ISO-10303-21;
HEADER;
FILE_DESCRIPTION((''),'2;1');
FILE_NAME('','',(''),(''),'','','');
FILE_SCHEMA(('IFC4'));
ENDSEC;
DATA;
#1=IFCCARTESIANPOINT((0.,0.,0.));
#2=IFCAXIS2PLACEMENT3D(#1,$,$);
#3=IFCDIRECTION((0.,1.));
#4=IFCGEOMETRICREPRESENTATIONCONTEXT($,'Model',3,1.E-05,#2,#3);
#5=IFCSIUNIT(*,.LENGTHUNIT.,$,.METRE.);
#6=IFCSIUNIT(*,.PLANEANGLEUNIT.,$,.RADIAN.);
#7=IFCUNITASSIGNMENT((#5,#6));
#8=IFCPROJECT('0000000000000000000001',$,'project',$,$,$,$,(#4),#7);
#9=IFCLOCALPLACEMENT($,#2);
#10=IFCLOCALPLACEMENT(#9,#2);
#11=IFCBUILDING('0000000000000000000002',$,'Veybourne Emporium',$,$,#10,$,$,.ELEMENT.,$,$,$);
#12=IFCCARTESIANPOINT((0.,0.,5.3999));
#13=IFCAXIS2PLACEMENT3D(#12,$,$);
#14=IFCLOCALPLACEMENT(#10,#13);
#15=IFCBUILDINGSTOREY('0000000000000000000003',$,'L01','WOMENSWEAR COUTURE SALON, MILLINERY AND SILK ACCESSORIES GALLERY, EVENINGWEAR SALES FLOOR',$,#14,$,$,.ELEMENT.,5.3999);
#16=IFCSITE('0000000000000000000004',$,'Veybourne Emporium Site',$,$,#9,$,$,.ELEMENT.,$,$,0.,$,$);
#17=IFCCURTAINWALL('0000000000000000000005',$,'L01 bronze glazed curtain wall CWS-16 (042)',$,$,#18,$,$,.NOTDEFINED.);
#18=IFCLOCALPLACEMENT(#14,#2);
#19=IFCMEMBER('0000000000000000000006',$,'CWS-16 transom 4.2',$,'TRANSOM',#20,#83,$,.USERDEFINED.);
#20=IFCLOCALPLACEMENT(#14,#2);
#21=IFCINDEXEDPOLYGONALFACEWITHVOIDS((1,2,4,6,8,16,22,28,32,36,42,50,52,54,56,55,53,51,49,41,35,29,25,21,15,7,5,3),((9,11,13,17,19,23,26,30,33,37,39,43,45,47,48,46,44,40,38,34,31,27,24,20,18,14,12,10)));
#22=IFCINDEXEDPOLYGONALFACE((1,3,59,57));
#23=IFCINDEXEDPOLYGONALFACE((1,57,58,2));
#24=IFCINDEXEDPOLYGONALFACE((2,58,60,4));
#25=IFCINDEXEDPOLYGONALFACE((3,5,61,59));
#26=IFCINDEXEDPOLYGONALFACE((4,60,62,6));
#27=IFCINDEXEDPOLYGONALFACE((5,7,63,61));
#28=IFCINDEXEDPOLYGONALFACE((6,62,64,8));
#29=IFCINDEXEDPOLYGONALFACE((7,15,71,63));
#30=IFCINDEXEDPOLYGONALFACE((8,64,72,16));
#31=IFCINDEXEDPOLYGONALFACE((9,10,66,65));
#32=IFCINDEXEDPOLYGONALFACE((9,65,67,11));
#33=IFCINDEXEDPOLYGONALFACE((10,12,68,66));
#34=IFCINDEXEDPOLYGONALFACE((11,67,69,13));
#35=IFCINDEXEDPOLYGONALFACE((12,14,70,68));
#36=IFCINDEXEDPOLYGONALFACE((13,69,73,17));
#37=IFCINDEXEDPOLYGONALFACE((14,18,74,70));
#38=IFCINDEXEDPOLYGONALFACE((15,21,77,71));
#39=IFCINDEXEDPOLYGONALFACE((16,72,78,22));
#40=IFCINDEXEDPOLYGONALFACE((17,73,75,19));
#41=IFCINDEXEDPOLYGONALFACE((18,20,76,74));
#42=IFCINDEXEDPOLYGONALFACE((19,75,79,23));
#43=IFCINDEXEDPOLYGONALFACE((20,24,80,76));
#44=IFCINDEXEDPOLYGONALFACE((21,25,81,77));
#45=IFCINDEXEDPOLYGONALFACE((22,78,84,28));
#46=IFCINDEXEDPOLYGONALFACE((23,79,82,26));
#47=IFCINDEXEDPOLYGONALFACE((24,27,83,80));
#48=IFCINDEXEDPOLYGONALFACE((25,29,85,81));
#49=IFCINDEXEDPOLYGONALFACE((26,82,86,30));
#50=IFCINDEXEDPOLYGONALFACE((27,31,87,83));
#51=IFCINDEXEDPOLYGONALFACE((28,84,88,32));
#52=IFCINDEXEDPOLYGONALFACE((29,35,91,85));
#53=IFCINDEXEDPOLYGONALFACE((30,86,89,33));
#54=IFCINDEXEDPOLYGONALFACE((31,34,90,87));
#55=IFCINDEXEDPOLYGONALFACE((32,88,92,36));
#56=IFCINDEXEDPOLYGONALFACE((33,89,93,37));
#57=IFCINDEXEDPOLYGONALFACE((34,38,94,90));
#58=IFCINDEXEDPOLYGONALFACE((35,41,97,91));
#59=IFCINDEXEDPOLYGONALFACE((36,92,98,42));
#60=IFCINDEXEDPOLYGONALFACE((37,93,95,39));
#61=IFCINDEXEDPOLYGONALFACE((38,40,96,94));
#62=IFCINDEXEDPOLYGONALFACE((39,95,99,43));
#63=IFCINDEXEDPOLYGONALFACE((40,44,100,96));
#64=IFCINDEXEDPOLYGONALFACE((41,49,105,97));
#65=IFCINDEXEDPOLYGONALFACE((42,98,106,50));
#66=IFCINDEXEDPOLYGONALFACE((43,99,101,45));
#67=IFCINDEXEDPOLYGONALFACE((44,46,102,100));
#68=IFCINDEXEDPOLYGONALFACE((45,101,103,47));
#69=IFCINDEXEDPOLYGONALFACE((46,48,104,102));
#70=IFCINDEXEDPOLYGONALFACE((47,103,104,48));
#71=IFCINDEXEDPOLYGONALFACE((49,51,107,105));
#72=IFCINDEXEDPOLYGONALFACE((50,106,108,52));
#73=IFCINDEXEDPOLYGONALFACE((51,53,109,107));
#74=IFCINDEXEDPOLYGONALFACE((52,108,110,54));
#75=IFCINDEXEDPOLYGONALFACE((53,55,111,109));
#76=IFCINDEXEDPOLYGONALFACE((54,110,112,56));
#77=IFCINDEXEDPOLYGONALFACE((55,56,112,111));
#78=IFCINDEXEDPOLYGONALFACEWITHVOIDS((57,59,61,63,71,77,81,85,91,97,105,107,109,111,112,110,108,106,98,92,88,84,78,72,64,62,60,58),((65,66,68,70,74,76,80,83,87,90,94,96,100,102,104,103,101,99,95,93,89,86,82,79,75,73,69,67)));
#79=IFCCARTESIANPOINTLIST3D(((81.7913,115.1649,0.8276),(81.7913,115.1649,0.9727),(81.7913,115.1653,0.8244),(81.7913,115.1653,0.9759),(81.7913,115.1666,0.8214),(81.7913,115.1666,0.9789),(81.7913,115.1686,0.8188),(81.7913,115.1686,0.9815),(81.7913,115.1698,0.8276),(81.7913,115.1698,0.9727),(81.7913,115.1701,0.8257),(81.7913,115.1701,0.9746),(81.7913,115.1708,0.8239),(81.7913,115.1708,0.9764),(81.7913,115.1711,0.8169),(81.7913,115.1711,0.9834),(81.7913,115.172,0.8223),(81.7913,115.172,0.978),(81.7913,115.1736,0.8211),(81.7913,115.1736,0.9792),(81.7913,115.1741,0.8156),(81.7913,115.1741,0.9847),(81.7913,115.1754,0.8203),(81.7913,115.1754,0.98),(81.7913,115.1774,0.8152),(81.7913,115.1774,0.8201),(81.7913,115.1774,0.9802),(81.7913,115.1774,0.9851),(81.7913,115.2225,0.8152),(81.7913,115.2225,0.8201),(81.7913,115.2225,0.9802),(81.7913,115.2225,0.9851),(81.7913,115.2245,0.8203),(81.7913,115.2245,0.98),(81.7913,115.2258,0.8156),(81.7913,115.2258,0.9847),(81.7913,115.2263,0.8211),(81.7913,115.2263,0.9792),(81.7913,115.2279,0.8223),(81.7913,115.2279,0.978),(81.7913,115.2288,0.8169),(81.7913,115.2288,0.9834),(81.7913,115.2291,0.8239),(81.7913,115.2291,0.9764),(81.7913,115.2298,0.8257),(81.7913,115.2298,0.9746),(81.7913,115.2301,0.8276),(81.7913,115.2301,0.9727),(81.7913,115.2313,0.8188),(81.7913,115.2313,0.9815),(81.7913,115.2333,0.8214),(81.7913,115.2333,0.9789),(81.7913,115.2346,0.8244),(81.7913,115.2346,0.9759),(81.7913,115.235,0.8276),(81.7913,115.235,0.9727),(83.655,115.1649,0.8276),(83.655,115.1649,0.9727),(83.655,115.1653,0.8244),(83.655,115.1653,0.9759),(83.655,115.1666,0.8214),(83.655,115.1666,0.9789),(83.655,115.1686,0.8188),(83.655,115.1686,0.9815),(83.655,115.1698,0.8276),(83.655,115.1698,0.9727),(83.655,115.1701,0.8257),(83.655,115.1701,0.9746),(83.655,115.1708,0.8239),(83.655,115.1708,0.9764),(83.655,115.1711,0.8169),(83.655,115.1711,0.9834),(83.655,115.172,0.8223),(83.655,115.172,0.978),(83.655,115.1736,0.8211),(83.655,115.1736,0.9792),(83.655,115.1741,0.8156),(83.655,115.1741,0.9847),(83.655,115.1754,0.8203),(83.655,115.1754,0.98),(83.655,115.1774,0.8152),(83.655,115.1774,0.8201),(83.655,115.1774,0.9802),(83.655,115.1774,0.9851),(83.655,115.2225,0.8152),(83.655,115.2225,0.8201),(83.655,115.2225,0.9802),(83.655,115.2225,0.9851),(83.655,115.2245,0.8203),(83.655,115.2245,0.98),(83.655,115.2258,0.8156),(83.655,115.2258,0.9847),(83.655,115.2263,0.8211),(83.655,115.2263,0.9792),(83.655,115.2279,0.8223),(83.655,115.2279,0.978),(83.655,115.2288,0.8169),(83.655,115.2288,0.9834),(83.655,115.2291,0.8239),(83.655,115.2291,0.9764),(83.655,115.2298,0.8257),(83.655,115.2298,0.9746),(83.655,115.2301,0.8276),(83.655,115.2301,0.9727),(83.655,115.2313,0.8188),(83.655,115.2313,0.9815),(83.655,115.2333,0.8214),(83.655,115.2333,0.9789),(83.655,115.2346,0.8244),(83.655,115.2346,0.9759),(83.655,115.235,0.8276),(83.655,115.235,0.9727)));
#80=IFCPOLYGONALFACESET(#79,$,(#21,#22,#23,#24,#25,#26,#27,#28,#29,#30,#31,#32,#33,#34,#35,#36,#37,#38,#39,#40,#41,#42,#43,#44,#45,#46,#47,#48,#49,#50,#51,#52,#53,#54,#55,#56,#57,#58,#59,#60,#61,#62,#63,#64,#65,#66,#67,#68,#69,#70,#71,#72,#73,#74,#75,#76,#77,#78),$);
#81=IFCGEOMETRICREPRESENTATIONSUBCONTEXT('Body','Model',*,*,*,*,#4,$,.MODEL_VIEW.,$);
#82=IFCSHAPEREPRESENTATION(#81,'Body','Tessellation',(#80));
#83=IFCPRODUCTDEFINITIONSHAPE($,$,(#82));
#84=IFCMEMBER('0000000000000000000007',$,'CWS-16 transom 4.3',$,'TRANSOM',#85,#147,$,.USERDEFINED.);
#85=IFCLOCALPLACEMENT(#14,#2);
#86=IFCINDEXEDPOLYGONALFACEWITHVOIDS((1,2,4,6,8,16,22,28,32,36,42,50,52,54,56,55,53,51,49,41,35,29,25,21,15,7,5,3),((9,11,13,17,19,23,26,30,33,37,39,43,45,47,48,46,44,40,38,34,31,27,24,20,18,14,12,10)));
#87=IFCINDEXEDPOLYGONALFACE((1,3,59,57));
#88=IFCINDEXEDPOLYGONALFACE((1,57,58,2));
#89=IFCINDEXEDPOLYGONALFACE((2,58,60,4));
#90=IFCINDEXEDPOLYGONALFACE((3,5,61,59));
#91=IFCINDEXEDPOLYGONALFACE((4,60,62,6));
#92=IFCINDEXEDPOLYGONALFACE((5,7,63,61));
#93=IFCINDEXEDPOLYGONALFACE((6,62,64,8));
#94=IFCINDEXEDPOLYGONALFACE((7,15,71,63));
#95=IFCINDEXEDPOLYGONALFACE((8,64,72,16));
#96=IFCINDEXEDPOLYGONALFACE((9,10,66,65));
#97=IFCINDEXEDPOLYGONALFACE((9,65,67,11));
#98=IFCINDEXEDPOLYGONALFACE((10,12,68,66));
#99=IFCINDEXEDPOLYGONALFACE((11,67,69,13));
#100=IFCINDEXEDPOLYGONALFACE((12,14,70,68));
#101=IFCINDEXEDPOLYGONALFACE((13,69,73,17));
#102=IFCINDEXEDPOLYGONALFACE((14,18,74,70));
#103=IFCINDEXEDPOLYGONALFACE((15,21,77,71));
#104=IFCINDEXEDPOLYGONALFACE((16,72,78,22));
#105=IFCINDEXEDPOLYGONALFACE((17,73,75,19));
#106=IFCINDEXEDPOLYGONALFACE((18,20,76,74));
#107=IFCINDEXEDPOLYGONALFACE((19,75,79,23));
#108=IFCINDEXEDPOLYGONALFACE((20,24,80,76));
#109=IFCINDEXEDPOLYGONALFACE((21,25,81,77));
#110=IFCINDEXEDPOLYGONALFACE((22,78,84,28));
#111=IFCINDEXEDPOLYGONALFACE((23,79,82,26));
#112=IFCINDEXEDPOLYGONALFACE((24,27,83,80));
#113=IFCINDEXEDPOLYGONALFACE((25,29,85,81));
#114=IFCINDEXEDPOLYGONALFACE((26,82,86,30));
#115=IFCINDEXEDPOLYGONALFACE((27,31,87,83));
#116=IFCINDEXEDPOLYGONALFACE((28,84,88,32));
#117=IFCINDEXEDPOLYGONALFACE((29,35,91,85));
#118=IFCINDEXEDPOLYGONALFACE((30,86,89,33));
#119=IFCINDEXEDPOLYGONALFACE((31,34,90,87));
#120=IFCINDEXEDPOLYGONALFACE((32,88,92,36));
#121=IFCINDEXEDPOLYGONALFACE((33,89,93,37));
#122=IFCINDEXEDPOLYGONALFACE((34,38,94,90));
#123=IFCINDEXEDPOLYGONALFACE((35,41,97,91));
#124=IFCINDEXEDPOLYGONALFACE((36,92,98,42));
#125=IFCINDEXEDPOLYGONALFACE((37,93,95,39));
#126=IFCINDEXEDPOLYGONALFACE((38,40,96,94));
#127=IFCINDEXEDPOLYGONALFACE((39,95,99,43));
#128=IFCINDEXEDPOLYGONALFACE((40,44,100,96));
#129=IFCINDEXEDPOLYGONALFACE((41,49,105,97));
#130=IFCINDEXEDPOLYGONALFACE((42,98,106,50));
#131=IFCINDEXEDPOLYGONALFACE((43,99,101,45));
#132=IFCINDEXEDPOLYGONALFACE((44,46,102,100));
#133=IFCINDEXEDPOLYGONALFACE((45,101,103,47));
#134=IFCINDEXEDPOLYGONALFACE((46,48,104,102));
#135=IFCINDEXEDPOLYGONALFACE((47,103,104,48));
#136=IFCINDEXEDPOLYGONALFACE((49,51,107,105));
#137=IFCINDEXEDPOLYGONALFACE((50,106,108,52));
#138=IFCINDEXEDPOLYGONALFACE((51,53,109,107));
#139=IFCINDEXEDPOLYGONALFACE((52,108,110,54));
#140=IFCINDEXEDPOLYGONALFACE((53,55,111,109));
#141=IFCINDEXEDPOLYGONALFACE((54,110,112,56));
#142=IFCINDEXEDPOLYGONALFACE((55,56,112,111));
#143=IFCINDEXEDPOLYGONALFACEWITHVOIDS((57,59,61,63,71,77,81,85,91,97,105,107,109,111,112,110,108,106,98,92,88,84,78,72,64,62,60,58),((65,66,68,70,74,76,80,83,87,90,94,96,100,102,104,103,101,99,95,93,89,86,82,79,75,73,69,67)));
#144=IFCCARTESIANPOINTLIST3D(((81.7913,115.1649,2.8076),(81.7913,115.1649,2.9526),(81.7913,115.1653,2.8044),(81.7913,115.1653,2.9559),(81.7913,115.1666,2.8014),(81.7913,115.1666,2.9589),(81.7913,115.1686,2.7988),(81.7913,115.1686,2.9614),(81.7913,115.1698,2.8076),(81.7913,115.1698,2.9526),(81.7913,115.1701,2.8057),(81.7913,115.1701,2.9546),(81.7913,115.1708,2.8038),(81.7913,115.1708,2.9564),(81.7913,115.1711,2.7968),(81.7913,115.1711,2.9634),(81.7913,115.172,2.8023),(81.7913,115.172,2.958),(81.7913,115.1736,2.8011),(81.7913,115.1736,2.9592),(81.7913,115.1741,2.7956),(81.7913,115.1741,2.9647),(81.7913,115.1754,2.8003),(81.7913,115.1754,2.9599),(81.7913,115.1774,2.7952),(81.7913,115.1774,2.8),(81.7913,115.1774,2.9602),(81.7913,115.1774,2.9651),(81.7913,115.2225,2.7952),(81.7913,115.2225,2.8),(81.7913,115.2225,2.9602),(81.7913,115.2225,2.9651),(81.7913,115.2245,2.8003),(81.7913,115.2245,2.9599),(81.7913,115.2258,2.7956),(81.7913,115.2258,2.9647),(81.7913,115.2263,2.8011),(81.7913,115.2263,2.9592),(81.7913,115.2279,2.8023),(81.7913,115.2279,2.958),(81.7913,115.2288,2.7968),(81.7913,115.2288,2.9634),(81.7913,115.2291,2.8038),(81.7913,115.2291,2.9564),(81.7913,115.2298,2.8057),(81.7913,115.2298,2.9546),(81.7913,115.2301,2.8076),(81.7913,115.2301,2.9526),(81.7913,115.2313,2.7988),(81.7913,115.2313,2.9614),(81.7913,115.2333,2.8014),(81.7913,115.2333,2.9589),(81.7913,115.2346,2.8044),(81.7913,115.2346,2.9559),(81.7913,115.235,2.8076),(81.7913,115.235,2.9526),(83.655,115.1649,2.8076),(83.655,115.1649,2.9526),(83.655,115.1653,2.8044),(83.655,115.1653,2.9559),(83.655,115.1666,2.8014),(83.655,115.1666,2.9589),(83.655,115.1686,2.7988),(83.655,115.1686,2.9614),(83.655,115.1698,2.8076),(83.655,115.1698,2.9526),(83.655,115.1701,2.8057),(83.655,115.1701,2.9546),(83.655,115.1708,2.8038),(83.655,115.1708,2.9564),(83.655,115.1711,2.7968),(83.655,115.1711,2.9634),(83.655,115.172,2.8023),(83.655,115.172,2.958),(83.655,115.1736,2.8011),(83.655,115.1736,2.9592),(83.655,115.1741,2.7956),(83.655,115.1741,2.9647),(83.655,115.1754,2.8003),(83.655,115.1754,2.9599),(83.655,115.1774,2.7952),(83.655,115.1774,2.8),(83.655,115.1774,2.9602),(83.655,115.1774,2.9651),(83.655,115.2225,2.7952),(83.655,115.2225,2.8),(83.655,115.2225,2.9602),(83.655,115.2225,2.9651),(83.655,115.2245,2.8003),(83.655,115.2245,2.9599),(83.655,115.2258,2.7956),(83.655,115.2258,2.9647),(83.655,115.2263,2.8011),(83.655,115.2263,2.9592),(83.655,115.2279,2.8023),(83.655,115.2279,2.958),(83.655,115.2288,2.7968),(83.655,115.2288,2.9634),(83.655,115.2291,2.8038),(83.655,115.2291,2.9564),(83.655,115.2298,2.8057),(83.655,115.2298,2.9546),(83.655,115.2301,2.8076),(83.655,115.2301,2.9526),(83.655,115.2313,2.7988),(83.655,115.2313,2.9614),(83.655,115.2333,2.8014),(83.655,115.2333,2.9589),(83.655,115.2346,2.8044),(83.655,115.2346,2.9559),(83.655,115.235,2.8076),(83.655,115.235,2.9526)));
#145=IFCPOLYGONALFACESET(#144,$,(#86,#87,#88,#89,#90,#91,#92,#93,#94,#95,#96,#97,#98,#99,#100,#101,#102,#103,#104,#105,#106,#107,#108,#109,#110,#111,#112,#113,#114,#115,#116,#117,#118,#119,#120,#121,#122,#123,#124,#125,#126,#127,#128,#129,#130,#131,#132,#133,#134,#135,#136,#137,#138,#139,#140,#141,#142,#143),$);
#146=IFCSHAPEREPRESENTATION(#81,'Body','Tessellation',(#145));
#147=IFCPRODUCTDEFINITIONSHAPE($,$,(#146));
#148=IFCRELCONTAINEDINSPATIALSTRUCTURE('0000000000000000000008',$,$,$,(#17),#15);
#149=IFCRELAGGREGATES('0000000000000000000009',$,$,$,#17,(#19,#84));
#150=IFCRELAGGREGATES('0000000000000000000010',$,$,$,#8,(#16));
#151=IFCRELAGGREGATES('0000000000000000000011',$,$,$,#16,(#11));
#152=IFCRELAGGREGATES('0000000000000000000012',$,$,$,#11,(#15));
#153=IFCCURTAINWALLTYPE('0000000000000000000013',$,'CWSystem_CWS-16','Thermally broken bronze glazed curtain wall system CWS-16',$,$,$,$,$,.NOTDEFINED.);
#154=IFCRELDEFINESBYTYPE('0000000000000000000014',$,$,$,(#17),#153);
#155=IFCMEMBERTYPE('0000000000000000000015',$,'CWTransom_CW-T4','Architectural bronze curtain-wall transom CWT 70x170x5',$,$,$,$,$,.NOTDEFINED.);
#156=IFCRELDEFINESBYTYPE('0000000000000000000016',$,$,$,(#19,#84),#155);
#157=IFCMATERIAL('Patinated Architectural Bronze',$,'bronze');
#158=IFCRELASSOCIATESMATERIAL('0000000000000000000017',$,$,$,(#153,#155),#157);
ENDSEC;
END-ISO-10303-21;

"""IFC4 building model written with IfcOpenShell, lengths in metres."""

from ifc_helpers import new_model, si_unit, direction, frame, origin, origin_2d, place, context, subcontext, project, spatial, hollow_rectangle, extrude, material, material_profile, profile_set, type_object, element, aggregate, save


model = new_model("IFC4")

# Units and contexts
model_context = context("Model", 3, precision=1e-05, world=origin(), true_north=direction((0.0, 1.0)))
body_context = subcontext(model_context, "Body", "Model", "MODEL_VIEW")
ifc_project = project(units=[si_unit("LENGTHUNIT", "METRE"), si_unit("PLANEANGLEUNIT", "RADIAN")], contexts=[model_context])

# Site, building, storey
site_placement = place(None, origin())
site = spatial("IfcSite", under=ifc_project, at=site_placement, Name="Veybourne Emporium Site", CompositionType="ELEMENT", RefElevation=0.0)
building_placement = place(site_placement, origin())
building = spatial("IfcBuilding", under=site, at=building_placement, Name="Veybourne Emporium", CompositionType="ELEMENT")
storey_placement = place(building_placement, frame((0.0, 0.0, 5.3999)))
storey = spatial("IfcBuildingStorey", under=building, at=storey_placement, Name="L01", Description="WOMENSWEAR COUTURE SALON, MILLINERY AND SILK ACCESSORIES GALLERY, EVENINGWEAR SALES FLOOR", CompositionType="ELEMENT", Elevation=5.3999)

# Curtain wall, members
ifc_material_1 = material(Name="Patinated Architectural Bronze", Category="bronze")
curtain_wall_type = type_object("IfcCurtainWallType", Name="CWSystem_CWS-16", Description="Thermally broken bronze glazed curtain wall system CWS-16", PredefinedType="NOTDEFINED", material=ifc_material_1)
curtain_wall_placement = place(storey_placement, origin())
curtain_wall = element("IfcCurtainWall", 1, at=curtain_wall_placement, inside=storey, type_object=curtain_wall_type, Name="L01 bronze glazed curtain wall CWS-16 (042)", PredefinedType="NOTDEFINED")
ifc_material_profile_1 = material_profile(ifc_material_1, hollow_rectangle(XDim=0.0701, YDim=0.1699, WallThickness=0.0049, InnerFilletRadius=0.0076, OuterFilletRadius=0.0125, at=origin_2d()), Name="CWT 70x170x5")
ifc_profile_set_1 = profile_set([ifc_material_profile_1], Name="Patinated Architectural Bronze")
member_type_1 = type_object("IfcMemberType", Name="CWTransom_CW-T4", Description="Architectural bronze curtain-wall transom CWT 70x170x5", PredefinedType="NOTDEFINED", material=ifc_profile_set_1)
member_1_placement = place(storey_placement, frame((81.7913, 115.2, 0.9001), z_axis=(1.0, 0.0, 0.0), x_axis=(0.0, 1.0, 0.0)))
member_1 = element("IfcMember", 2, at=member_1_placement, type_object=member_type_1, Name="CWS-16 transom 4.2", ObjectType="TRANSOM", PredefinedType="USERDEFINED", context=body_context, shape_type="SweptSolid", body=[
    extrude(hollow_rectangle(XDim=0.0701, YDim=0.1699, WallThickness=0.0049, InnerFilletRadius=0.0076, OuterFilletRadius=0.0125, at=origin_2d()), origin(), (0.0, 0.0, 1.0), 1.8638),
])
member_2_placement = place(storey_placement, frame((81.7913, 115.2, 2.8801), z_axis=(1.0, 0.0, 0.0), x_axis=(0.0, 1.0, 0.0)))
member_2 = element("IfcMember", 3, at=member_2_placement, type_object=member_type_1, Name="CWS-16 transom 4.3", ObjectType="TRANSOM", PredefinedType="USERDEFINED", context=body_context, shape_type="SweptSolid", body=[
    extrude(hollow_rectangle(XDim=0.0701, YDim=0.1699, WallThickness=0.0049, InnerFilletRadius=0.0076, OuterFilletRadius=0.0125, at=origin_2d()), origin(), (0.0, 0.0, 1.0), 1.8638),
])

aggregate(curtain_wall, [member_1, member_2])

save(model, "model.ifc")
